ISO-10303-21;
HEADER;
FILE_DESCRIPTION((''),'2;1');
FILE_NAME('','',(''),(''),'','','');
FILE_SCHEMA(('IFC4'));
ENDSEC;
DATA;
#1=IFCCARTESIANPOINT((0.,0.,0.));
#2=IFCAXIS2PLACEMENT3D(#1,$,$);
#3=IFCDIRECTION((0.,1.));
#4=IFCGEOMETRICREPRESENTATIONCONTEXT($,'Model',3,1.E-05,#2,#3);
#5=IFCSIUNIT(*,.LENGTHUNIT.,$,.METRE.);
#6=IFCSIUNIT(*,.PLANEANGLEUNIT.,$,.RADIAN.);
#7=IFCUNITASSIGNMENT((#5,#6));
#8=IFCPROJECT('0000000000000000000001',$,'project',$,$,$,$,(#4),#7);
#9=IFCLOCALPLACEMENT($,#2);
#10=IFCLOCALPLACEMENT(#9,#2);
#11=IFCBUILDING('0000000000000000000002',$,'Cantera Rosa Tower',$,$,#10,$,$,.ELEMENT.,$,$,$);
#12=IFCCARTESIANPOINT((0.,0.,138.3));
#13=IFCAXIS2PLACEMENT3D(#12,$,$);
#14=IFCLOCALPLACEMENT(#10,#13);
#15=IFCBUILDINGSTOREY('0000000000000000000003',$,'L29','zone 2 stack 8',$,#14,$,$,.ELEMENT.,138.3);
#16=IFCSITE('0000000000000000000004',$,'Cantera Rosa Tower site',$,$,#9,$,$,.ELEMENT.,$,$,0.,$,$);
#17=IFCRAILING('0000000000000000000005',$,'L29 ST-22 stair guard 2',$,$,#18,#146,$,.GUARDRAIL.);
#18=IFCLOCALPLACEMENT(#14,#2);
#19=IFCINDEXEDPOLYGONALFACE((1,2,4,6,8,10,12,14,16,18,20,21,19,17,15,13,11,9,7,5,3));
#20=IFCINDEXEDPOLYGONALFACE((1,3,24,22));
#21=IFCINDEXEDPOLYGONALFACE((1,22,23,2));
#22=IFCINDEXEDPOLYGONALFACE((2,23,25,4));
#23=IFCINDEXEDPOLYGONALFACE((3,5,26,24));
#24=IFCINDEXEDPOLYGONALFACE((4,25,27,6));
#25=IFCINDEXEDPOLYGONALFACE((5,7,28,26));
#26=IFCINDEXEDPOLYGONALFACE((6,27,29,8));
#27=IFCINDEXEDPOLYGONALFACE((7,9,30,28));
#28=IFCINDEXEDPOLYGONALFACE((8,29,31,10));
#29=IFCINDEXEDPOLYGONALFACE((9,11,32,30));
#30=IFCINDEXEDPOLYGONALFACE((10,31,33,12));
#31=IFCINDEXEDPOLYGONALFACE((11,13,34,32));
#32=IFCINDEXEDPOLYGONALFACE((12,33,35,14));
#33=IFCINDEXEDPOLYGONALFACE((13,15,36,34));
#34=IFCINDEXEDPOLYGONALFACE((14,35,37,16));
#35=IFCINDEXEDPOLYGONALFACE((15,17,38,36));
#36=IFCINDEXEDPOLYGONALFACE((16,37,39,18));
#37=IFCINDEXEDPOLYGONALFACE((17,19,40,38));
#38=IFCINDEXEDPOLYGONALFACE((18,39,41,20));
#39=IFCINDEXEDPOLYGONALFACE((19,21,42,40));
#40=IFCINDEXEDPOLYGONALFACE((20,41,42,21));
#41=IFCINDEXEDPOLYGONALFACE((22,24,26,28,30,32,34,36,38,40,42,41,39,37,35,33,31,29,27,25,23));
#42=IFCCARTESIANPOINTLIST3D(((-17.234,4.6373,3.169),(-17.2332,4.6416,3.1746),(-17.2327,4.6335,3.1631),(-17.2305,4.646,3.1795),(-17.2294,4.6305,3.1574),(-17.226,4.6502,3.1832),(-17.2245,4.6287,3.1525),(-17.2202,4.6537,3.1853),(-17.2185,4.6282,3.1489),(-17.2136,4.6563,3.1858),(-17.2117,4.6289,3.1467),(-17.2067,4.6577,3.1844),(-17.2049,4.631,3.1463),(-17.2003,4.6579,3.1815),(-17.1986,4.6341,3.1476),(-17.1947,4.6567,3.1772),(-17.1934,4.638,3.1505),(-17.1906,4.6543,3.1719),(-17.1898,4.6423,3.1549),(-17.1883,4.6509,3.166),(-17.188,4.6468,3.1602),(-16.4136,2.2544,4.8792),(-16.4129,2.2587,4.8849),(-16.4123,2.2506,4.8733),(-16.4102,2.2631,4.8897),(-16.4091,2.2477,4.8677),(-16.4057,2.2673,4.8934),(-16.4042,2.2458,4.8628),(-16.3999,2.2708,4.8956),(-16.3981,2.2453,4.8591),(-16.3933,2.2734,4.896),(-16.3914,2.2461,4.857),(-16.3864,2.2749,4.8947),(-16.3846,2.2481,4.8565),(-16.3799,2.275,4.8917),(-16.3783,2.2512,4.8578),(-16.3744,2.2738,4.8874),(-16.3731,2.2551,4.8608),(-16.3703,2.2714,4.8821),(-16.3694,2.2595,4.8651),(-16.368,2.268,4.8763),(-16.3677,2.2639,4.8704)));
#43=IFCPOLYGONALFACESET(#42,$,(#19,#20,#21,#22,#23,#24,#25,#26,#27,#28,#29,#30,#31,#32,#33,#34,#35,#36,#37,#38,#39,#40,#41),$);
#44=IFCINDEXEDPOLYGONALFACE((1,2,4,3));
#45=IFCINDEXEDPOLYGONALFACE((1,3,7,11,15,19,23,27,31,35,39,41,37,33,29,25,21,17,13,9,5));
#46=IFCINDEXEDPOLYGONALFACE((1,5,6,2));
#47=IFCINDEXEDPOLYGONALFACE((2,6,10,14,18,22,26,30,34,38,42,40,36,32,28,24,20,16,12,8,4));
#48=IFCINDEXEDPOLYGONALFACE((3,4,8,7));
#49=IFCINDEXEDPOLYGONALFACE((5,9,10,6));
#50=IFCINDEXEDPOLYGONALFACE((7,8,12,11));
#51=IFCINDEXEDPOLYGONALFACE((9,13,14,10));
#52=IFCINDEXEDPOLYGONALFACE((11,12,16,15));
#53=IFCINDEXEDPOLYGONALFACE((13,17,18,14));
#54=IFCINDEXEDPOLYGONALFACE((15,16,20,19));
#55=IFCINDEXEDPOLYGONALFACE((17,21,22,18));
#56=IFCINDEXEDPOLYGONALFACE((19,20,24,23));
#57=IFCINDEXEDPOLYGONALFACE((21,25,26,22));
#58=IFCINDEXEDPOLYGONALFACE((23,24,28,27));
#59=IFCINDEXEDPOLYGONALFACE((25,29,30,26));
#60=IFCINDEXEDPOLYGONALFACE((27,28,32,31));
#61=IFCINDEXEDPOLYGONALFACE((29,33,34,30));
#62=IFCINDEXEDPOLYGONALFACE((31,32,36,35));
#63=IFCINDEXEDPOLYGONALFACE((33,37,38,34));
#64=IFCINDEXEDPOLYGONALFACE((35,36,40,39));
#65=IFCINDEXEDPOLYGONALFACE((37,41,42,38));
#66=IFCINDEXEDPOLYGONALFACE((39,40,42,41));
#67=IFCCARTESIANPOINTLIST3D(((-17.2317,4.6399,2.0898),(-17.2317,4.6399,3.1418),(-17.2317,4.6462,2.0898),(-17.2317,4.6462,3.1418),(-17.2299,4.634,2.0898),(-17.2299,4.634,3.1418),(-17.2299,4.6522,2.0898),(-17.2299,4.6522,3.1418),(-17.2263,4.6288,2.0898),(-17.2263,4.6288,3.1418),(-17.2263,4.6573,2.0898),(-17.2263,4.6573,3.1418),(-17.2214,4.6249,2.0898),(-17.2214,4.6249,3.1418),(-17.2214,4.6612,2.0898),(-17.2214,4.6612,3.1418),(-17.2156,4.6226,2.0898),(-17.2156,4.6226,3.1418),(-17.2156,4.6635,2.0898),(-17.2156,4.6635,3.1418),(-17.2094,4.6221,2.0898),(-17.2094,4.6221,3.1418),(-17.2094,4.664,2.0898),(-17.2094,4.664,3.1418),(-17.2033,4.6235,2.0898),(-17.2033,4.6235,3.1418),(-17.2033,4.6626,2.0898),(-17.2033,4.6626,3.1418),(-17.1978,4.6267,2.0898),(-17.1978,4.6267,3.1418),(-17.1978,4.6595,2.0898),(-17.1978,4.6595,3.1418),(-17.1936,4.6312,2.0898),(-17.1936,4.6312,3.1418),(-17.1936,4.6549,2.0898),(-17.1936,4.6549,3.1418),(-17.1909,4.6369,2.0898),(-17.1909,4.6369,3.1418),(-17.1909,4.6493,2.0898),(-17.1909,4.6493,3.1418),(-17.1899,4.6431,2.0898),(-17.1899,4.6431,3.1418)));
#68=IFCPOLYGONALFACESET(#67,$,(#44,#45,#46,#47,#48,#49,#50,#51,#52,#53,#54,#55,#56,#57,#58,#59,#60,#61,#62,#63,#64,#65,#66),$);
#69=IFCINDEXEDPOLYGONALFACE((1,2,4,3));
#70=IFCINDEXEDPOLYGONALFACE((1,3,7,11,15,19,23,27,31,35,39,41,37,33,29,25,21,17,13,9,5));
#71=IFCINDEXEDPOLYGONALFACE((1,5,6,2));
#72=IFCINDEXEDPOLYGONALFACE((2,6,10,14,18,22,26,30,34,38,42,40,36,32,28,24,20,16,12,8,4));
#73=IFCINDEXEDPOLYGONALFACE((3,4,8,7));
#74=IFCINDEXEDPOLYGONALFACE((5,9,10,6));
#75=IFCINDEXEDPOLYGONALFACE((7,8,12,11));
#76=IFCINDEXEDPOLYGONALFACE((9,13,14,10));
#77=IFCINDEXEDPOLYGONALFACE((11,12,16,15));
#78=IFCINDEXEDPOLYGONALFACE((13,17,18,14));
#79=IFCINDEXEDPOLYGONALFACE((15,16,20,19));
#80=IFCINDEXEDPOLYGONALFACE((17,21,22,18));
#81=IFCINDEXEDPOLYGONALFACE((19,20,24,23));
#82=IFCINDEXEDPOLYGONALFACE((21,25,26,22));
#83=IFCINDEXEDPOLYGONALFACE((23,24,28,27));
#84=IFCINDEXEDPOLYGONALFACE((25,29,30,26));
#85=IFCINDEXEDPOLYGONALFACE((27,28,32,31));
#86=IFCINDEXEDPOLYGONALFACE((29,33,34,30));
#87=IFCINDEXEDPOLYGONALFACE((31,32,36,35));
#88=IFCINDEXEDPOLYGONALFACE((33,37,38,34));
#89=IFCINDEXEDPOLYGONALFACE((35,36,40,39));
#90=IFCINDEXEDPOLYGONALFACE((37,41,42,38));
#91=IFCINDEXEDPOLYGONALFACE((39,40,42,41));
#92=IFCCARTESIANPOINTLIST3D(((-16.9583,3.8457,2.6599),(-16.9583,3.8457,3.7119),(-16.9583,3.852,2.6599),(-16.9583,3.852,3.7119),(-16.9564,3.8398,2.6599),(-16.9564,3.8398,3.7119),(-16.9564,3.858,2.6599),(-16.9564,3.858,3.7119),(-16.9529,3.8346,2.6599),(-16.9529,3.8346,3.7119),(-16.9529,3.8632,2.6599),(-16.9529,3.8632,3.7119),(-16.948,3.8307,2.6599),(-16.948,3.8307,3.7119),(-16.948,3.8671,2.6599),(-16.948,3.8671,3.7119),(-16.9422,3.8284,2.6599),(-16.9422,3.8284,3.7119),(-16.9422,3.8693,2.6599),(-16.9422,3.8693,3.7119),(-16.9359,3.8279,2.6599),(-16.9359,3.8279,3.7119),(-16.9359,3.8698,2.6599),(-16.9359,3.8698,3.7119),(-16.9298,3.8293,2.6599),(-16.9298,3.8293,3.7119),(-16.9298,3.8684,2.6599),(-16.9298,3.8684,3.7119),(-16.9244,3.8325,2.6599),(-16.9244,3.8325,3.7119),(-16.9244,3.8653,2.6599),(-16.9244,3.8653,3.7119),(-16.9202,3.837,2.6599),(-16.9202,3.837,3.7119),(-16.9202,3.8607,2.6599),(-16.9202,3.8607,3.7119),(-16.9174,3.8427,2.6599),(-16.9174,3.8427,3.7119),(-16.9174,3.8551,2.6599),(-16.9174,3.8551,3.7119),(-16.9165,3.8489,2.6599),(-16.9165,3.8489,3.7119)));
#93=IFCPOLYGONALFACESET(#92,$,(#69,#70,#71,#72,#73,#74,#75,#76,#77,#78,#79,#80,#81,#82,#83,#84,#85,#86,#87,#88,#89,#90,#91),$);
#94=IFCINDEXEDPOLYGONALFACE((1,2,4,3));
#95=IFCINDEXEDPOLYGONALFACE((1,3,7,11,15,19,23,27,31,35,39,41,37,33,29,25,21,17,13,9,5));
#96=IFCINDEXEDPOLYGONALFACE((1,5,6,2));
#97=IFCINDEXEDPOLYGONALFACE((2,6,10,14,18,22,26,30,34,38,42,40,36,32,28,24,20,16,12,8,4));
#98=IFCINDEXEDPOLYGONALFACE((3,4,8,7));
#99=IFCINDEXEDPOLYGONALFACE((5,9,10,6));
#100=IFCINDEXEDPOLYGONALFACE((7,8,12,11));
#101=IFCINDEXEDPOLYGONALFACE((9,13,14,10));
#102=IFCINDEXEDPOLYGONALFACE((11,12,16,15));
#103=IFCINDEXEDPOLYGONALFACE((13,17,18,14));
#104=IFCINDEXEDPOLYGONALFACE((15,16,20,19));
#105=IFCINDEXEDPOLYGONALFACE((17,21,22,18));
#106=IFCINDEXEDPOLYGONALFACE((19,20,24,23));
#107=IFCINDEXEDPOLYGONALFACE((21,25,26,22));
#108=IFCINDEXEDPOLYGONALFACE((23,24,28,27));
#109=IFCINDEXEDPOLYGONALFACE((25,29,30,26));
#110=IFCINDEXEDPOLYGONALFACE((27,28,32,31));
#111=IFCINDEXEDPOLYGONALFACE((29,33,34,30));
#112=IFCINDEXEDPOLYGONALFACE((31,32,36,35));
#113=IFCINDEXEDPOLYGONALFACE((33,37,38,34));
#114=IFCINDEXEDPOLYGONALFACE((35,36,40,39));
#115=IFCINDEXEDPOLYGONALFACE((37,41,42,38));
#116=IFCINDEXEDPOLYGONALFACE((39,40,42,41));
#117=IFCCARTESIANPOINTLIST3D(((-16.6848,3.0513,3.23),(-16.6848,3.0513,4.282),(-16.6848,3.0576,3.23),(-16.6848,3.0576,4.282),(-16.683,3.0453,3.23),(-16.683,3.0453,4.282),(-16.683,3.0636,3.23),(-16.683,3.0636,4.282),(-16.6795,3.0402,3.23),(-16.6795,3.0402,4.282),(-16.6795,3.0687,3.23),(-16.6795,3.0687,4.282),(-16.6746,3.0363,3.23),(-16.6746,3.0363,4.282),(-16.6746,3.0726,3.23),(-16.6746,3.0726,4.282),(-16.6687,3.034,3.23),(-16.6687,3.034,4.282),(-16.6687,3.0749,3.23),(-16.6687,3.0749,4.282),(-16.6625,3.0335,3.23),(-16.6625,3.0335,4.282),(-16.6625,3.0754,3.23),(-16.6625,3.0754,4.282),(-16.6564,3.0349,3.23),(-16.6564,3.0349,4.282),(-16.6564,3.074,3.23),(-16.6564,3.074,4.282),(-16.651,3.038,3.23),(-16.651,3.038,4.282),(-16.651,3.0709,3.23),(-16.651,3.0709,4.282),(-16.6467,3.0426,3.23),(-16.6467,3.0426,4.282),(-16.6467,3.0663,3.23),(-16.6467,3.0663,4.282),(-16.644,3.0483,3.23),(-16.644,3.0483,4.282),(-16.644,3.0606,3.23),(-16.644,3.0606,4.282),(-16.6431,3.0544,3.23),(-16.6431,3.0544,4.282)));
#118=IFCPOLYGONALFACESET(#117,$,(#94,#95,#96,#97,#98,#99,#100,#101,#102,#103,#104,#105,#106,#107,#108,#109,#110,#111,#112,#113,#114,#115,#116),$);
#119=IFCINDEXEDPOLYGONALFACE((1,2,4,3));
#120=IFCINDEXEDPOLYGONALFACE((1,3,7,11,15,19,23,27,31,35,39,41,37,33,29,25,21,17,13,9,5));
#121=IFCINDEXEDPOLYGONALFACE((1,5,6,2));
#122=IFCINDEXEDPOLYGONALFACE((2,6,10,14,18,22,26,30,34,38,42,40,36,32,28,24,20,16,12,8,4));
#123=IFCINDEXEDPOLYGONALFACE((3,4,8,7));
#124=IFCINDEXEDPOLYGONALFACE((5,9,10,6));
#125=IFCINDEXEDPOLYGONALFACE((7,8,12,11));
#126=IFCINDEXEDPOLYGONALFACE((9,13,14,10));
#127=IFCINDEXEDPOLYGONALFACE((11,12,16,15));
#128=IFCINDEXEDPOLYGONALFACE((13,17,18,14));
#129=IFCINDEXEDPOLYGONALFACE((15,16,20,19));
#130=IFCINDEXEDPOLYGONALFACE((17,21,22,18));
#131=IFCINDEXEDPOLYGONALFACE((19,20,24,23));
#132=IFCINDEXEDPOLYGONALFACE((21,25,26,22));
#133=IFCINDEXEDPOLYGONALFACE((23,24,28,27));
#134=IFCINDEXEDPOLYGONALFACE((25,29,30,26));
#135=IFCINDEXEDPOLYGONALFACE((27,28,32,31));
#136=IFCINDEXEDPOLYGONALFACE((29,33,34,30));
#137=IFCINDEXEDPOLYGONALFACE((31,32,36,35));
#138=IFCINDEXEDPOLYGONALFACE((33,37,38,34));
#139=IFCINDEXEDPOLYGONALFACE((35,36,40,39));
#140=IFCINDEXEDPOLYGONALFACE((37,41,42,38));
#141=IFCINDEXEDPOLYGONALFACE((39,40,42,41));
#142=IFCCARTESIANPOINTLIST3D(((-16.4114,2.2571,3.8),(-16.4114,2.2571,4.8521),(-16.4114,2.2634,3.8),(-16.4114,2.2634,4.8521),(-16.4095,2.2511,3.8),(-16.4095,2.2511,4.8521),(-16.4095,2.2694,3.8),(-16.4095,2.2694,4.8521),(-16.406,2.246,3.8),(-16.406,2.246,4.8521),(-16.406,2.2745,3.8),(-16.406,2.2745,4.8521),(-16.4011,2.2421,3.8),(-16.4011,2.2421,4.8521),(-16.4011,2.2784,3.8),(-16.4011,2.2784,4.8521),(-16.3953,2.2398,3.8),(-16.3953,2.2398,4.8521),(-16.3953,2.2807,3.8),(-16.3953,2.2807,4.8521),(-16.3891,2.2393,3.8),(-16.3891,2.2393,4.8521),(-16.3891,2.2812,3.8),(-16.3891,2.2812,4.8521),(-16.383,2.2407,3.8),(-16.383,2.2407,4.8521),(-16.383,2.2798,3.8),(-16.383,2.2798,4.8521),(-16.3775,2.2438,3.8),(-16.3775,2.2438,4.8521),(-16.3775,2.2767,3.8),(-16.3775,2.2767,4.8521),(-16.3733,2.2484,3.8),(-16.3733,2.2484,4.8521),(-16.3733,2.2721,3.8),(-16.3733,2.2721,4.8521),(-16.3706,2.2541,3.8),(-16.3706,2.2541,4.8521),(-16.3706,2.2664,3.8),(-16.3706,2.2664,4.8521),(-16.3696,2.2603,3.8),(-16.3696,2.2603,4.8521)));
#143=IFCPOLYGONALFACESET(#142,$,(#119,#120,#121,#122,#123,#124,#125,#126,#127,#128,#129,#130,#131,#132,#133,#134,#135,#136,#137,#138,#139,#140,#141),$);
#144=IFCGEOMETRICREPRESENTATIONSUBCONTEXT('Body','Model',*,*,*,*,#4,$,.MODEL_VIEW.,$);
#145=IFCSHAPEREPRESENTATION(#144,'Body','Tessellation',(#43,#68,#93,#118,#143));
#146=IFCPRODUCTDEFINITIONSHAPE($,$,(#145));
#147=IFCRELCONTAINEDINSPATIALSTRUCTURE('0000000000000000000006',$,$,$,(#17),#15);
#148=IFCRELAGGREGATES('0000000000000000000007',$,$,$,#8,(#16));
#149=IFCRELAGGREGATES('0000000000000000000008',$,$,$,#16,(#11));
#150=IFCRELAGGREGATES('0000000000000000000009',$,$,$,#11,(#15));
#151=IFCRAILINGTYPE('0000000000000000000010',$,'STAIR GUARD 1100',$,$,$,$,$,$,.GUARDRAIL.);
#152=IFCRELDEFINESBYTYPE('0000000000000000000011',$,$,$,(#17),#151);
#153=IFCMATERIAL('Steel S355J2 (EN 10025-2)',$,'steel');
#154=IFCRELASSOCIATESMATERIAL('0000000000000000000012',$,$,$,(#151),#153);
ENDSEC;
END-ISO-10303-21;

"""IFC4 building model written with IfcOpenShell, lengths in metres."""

from ifc_helpers import new_model, si_unit, direction, frame, origin, origin_2d, place, context, subcontext, project, spatial, circle, extrude, material, type_object, element, save


model = new_model("IFC4")

# Units and contexts
model_context = context("Model", 3, precision=1e-05, world=origin(), true_north=direction((0.0, 1.0)))
body_context = subcontext(model_context, "Body", "Model", "MODEL_VIEW")
ifc_project = project(units=[si_unit("LENGTHUNIT", "METRE"), si_unit("PLANEANGLEUNIT", "RADIAN")], contexts=[model_context])

# Site, building, storey
site_placement = place(None, origin())
site = spatial("IfcSite", under=ifc_project, at=site_placement, Name="Cantera Rosa Tower site", CompositionType="ELEMENT", RefElevation=0.0)
building_placement = place(site_placement, origin())
building = spatial("IfcBuilding", under=site, at=building_placement, Name="Cantera Rosa Tower", CompositionType="ELEMENT")
storey_placement = place(building_placement, frame((0.0, 0.0, 138.3)))
storey = spatial("IfcBuildingStorey", under=building, at=storey_placement, Name="L29", Description="zone 2 stack 8", CompositionType="ELEMENT", Elevation=138.3)

# Railing
ifc_material_1 = material(Name="Steel S355J2 (EN 10025-2)", Category="steel")
railing_type_1 = type_object("IfcRailingType", Name="STAIR GUARD 1100", PredefinedType="GUARDRAIL", material=ifc_material_1)
railing_1_placement = place(storey_placement, frame((-17.2109, 4.6431, 2.0898)))
element("IfcRailing", 1, at=railing_1_placement, inside=storey, type_object=railing_type_1, Name="L29 ST-22 stair guard 2", PredefinedType="GUARDRAIL", context=body_context, shape_type="SweptSolid", body=[
    extrude(circle(Radius=0.0239, at=origin_2d()), frame((0.0, 0.0, 1.0762), z_axis=(0.269346, -0.782386, 0.561538), x_axis=(0.945538, 0.325513, 0.0)), (0.0, 0.0, 1.0), 3.0457),
    extrude(circle(Radius=0.021, at=origin_2d()), origin(), (0.0, 0.0, 1.0), 1.052),
    extrude(circle(Radius=0.021, at=origin_2d()), frame((0.2734, -0.7942, 0.5701)), (0.0, 0.0, 1.0), 1.052),
    extrude(circle(Radius=0.021, at=origin_2d()), frame((0.5469, -1.5886, 1.1401)), (0.0, 0.0, 1.0), 1.052),
    extrude(circle(Radius=0.021, at=origin_2d()), frame((0.8203, -2.3828, 1.7102)), (0.0, 0.0, 1.0), 1.052),
])

save(model, "model.ifc")
